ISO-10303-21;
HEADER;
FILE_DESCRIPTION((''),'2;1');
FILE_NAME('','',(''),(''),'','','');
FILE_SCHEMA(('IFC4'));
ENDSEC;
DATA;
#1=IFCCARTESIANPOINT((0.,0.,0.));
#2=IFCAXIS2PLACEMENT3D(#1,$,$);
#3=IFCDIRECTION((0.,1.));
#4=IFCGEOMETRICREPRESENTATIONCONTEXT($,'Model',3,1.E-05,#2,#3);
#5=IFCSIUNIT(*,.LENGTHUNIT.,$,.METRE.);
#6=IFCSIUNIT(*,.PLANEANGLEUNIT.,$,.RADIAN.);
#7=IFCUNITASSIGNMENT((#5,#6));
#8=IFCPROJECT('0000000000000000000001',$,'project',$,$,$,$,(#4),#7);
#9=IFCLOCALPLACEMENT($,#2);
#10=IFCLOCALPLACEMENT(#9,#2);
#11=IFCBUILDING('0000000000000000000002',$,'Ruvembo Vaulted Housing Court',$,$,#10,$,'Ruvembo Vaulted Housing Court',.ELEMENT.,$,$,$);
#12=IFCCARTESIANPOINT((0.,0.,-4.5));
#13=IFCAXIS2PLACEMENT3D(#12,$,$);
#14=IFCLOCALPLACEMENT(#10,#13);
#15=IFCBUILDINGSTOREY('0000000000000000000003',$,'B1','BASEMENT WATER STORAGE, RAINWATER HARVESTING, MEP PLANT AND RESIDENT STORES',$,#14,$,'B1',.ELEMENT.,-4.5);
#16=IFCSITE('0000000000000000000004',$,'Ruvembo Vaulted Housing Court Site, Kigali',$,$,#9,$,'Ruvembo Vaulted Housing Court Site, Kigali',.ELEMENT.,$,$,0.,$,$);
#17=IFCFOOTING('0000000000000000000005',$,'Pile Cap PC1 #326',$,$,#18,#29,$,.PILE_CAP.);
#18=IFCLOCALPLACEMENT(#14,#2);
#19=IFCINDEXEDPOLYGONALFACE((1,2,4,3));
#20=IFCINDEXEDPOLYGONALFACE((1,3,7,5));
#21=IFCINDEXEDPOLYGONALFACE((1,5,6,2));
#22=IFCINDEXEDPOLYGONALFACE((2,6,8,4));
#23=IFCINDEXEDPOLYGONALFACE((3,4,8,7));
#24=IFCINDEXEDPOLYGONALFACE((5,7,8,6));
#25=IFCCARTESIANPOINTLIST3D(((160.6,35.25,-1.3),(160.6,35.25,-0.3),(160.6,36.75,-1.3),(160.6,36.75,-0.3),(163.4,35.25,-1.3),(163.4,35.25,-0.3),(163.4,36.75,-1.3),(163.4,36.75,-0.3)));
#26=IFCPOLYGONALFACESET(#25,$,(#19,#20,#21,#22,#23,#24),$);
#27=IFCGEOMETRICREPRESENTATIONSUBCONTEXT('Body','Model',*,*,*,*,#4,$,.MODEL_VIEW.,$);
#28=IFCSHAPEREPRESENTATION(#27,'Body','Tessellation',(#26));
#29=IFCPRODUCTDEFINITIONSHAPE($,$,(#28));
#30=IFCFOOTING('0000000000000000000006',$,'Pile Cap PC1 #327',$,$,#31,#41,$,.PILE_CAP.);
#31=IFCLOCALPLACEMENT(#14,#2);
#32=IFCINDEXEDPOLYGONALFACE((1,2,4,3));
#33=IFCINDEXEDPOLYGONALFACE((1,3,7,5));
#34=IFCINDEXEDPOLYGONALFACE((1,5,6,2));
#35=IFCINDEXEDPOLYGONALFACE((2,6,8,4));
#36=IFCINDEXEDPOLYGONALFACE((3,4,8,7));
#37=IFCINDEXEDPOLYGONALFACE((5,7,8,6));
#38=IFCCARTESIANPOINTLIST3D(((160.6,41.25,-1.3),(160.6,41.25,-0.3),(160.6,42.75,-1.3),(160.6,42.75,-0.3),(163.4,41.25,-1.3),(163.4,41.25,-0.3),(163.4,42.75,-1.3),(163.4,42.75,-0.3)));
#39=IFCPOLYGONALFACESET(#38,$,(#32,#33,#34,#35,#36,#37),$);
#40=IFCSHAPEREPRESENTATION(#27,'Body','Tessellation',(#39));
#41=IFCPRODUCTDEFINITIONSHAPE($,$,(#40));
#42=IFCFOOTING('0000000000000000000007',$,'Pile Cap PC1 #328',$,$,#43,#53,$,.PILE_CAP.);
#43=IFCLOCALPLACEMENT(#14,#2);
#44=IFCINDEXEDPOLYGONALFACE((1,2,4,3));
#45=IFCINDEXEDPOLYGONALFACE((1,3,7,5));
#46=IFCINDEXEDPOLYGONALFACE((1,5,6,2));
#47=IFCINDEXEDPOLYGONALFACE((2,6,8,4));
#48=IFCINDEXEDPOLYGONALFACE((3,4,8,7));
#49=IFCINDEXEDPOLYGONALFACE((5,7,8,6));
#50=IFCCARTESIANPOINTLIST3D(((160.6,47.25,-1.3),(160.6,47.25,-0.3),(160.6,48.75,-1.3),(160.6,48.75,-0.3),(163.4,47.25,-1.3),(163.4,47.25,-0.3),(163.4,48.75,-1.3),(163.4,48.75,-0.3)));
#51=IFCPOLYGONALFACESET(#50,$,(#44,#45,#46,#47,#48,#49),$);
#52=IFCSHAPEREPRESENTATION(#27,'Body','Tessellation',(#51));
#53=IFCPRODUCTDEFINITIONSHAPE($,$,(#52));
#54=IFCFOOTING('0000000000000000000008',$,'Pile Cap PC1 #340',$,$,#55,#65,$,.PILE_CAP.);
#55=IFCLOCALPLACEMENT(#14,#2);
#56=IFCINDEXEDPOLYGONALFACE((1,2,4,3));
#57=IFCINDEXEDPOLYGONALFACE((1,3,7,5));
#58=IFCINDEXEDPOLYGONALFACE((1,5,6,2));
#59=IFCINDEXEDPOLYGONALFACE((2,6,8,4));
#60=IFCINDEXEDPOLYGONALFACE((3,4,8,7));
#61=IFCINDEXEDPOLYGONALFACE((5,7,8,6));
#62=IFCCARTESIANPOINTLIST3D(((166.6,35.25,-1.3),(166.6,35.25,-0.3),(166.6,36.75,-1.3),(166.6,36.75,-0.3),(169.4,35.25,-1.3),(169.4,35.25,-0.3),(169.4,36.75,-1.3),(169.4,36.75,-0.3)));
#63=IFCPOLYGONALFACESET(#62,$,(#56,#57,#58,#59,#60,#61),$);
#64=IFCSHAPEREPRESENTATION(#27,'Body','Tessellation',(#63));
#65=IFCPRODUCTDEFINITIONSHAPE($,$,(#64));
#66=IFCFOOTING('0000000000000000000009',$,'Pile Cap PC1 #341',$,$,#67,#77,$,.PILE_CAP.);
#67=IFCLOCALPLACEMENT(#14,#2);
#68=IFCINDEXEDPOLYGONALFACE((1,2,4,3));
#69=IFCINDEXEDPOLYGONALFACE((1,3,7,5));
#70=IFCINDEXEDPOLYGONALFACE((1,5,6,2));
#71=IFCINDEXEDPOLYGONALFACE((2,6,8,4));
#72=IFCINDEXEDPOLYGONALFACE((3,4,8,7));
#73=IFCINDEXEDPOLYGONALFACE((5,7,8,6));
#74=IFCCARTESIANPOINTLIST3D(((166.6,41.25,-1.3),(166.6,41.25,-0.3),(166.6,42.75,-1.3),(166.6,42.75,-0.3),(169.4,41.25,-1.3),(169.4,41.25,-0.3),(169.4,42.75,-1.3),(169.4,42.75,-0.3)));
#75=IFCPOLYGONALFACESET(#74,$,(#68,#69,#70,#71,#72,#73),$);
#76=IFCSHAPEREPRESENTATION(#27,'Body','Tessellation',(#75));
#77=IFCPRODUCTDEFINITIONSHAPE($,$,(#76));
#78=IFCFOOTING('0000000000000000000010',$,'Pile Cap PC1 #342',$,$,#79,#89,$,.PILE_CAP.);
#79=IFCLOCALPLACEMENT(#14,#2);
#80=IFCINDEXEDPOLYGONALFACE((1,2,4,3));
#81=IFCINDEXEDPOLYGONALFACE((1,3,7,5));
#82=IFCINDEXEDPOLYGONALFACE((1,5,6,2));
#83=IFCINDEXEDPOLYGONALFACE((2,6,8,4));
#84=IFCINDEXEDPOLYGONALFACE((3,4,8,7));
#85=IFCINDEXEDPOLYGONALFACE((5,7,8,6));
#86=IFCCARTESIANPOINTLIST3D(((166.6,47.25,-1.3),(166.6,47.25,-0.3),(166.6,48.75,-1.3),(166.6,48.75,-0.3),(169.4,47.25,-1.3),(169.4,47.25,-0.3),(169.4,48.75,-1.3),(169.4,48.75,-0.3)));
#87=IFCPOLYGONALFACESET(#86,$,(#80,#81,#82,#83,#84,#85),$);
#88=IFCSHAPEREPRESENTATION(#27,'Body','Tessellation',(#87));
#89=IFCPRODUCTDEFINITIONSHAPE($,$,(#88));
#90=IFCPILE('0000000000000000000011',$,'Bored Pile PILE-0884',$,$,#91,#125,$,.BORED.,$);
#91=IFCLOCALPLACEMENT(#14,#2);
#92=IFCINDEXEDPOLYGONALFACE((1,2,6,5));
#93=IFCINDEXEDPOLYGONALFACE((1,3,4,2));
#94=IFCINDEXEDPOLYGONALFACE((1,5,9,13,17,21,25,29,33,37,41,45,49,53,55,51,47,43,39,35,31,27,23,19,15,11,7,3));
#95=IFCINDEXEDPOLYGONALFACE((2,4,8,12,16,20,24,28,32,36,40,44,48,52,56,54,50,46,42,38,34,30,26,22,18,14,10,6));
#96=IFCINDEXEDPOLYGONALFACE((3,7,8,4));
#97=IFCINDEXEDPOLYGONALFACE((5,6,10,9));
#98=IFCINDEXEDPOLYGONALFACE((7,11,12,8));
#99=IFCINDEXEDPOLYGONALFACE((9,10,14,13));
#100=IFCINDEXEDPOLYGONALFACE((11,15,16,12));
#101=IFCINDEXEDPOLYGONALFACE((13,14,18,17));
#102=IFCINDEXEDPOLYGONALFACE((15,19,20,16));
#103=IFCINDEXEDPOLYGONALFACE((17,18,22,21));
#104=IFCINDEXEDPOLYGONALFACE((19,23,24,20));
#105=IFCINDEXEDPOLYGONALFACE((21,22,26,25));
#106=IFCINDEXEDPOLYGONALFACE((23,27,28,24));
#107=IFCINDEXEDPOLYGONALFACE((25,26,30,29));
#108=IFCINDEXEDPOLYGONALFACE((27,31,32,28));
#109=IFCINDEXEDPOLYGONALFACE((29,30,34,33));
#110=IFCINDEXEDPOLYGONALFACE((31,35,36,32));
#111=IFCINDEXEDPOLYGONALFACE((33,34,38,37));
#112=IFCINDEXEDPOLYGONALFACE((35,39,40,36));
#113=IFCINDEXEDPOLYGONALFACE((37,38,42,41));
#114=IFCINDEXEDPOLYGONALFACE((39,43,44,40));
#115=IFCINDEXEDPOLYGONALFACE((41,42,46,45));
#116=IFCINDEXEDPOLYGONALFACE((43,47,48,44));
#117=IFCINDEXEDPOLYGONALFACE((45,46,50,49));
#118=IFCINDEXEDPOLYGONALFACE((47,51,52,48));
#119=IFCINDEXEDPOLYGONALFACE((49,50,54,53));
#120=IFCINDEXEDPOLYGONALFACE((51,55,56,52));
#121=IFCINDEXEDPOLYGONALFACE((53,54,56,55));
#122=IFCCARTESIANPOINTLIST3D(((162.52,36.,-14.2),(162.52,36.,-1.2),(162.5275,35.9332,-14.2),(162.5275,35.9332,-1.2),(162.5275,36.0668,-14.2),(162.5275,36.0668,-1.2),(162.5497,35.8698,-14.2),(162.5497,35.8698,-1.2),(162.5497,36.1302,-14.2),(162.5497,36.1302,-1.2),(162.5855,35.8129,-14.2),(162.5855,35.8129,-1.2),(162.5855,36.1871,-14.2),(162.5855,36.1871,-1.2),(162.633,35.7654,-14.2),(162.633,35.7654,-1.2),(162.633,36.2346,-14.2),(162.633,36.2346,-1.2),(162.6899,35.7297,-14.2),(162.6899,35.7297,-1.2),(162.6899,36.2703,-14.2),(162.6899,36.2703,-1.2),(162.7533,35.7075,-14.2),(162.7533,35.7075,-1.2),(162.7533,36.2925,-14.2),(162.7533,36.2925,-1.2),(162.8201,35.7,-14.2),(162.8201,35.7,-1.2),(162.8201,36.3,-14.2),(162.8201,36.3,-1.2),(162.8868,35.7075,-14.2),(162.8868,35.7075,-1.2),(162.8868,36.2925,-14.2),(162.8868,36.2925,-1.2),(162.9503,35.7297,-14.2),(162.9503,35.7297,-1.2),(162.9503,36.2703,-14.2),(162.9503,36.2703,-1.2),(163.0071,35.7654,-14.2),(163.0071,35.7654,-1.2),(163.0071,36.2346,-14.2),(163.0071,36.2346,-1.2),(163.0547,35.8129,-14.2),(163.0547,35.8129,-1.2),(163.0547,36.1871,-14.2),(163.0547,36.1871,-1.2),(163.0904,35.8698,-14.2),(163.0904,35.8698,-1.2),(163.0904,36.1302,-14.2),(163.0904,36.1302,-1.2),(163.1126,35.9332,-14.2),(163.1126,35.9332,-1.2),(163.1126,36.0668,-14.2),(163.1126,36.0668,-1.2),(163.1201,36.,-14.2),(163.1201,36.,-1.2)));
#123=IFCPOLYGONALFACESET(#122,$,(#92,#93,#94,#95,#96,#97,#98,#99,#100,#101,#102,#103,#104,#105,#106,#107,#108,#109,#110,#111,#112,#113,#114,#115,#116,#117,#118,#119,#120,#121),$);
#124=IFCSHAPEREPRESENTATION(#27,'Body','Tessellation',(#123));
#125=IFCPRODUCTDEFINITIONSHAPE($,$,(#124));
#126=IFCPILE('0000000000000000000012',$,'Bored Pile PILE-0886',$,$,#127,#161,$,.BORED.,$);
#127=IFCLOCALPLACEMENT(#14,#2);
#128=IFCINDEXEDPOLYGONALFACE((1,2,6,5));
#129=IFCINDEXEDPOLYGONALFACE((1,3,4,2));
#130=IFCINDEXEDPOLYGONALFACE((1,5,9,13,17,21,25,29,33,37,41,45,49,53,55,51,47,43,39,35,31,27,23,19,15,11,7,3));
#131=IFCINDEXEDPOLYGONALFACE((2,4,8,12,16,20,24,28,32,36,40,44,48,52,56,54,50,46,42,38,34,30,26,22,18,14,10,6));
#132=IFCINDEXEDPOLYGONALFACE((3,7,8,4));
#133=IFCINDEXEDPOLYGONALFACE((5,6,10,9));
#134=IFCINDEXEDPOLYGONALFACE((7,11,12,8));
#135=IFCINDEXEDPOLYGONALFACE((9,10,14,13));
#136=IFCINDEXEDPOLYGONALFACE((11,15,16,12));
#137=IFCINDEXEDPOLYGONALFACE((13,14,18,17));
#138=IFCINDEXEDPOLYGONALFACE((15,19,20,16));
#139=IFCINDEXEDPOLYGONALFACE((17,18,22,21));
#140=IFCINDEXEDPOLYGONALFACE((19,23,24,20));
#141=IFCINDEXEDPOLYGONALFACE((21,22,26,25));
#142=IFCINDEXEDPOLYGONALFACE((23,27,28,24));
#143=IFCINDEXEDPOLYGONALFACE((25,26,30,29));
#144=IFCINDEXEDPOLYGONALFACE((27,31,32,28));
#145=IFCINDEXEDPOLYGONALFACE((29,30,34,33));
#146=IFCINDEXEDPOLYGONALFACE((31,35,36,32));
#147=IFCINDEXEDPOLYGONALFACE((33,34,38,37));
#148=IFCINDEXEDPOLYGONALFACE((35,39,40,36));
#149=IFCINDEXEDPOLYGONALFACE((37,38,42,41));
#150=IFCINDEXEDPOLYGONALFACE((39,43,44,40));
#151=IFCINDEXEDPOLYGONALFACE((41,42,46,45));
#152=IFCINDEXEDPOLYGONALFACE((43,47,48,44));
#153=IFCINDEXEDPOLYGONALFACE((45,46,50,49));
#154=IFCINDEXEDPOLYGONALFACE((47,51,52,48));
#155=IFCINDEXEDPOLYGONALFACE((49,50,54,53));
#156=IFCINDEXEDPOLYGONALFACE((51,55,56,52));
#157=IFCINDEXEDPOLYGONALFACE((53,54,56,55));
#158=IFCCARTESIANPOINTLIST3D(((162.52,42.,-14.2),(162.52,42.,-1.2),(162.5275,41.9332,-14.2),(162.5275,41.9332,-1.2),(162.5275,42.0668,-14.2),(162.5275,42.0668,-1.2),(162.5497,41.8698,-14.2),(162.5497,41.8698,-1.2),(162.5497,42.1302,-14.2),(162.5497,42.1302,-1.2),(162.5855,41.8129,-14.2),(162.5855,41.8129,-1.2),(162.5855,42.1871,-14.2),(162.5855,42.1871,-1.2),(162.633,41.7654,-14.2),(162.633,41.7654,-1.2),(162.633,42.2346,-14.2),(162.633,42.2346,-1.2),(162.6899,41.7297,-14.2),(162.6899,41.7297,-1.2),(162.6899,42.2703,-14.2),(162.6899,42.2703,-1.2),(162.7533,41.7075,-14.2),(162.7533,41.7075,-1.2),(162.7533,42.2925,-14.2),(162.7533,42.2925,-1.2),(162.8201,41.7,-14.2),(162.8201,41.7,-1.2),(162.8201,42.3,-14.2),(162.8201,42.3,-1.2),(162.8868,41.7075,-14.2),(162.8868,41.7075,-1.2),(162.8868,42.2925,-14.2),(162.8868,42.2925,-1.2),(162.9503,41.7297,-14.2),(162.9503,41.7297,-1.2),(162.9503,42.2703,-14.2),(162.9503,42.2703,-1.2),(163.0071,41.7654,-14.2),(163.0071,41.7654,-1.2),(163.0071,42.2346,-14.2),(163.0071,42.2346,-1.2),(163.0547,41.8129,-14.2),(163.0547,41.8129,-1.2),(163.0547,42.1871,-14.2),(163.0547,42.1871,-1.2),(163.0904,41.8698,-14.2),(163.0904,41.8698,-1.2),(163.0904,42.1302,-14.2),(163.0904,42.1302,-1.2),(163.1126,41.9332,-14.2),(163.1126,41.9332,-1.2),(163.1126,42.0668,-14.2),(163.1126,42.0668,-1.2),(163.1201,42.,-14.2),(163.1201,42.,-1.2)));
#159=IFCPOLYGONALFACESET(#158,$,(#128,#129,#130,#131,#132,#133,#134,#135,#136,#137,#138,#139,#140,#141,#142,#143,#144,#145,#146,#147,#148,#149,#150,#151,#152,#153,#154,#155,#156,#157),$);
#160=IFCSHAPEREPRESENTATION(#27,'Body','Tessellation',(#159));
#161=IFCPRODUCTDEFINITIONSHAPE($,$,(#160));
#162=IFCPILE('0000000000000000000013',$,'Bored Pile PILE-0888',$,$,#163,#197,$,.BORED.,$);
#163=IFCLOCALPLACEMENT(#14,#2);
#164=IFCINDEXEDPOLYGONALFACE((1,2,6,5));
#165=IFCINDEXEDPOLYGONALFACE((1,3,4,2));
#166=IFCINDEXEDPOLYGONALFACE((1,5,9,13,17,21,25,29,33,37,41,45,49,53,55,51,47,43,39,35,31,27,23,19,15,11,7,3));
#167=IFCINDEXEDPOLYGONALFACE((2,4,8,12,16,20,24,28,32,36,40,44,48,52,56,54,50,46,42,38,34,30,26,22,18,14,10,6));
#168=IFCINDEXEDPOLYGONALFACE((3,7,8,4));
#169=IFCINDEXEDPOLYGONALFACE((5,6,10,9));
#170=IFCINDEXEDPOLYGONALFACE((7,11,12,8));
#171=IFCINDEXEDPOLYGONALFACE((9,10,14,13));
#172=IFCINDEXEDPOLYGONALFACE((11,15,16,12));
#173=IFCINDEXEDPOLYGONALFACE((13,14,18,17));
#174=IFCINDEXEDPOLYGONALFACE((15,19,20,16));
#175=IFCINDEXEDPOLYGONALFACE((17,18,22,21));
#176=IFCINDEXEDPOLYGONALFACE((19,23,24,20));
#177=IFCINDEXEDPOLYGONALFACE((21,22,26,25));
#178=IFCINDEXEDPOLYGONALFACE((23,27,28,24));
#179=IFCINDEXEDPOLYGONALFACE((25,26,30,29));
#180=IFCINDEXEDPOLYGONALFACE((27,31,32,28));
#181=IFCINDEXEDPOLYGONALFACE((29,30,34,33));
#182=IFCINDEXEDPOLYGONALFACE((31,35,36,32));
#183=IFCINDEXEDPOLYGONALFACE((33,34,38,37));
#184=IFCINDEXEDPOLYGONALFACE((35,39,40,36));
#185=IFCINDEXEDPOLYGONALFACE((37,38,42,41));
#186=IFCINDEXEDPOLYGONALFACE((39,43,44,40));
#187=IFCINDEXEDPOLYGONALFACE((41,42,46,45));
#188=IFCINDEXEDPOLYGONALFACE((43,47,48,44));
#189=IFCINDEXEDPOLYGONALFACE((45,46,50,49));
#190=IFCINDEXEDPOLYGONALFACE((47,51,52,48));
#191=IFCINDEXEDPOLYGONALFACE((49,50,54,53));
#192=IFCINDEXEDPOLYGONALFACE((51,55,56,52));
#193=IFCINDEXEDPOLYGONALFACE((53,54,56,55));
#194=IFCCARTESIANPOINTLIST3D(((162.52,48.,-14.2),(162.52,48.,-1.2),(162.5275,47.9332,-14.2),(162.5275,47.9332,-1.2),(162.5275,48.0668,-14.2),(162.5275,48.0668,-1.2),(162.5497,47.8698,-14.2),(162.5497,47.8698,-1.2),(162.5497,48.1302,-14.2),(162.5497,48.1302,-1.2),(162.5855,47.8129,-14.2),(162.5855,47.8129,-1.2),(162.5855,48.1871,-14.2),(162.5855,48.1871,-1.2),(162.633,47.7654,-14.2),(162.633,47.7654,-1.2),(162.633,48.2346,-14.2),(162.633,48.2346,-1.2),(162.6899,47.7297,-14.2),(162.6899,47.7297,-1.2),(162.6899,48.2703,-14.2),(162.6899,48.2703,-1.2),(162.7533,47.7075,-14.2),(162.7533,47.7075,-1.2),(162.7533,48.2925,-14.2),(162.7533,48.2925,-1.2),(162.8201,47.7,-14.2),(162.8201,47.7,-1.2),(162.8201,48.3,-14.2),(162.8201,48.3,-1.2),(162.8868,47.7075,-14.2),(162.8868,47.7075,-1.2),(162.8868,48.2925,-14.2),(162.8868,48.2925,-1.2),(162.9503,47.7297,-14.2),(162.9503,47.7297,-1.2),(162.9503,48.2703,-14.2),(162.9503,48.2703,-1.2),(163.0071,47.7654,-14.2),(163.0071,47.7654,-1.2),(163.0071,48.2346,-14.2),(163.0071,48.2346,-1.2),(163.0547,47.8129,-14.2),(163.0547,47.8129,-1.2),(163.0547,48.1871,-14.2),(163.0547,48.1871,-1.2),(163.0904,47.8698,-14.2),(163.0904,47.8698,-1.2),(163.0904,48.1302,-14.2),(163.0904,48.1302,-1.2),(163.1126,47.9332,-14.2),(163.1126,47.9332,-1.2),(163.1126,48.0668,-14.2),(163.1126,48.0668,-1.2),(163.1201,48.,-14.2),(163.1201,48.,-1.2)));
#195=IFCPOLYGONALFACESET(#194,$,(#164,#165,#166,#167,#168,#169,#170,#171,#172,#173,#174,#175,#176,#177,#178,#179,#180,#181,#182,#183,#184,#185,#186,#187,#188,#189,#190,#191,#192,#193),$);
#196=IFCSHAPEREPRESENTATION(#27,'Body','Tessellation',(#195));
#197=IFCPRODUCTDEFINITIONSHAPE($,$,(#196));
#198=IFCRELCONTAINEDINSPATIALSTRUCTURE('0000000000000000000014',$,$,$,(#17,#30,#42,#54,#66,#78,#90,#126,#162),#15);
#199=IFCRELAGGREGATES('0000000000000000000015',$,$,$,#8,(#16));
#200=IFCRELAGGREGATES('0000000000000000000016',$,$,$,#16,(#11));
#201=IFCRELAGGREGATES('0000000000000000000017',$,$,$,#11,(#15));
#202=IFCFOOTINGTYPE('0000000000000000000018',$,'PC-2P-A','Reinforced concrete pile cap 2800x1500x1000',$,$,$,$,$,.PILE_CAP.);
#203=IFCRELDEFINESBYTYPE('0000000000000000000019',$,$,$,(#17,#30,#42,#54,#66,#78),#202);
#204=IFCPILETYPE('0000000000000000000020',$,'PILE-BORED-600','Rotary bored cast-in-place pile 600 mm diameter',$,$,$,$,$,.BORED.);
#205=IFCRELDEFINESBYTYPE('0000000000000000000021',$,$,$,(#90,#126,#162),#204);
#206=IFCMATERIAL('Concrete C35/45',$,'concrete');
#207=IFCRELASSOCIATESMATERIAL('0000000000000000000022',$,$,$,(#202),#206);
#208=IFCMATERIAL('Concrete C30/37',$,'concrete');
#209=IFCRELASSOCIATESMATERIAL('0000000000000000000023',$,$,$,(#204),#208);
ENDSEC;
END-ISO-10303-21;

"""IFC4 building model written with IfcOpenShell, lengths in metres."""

from ifc_helpers import new_model, si_unit, direction, frame, origin, origin_2d, place, context, subcontext, project, spatial, rectangle, circle, extrude, material, material_profile, profile_set, type_object, element, save


model = new_model("IFC4")

# Units and contexts
model_context = context("Model", 3, precision=1e-05, world=origin(), true_north=direction((0.0, 1.0)))
body_context = subcontext(model_context, "Body", "Model", "MODEL_VIEW")
ifc_project = project(units=[si_unit("LENGTHUNIT", "METRE"), si_unit("PLANEANGLEUNIT", "RADIAN")], contexts=[model_context])

# Site, building, storey
site_placement = place(None, origin())
site = spatial("IfcSite", under=ifc_project, at=site_placement, Name="Ruvembo Vaulted Housing Court Site, Kigali", LongName="Ruvembo Vaulted Housing Court Site, Kigali", CompositionType="ELEMENT", RefElevation=0.0)
building_placement = place(site_placement, origin())
building = spatial("IfcBuilding", under=site, at=building_placement, Name="Ruvembo Vaulted Housing Court", LongName="Ruvembo Vaulted Housing Court", CompositionType="ELEMENT")
storey_placement = place(building_placement, frame((0.0, 0.0, -4.5)))
storey = spatial("IfcBuildingStorey", under=building, at=storey_placement, Name="B1", Description="BASEMENT WATER STORAGE, RAINWATER HARVESTING, MEP PLANT AND RESIDENT STORES", LongName="B1", CompositionType="ELEMENT", Elevation=-4.5)

# Footings
ifc_material_1 = material(Name="Concrete C35/45", Category="concrete")
footing_type = type_object("IfcFootingType", Name="PC-2P-A", Description="Reinforced concrete pile cap 2800x1500x1000", PredefinedType="PILE_CAP", material=ifc_material_1)
for number, where, z_axis, x_axis, name in (
    (1, (162.0, 36.0, -1.3), (0.0, 0.0, 1.0), (1.0, 0.0, 0.0), "Pile Cap PC1 #326"),
    (2, (162.0, 42.0, -1.3), (0.0, 0.0, 1.0), (1.0, 0.0, 0.0), "Pile Cap PC1 #327"),
    (3, (162.0, 48.0, -1.3), (0.0, 0.0, 1.0), (1.0, 0.0, 0.0), "Pile Cap PC1 #328"),
    (4, (168.0, 36.0, -1.3), (0.0, 0.0, 1.0), (1.0, 0.0, 0.0), "Pile Cap PC1 #340"),
    (5, (168.0, 42.0, -1.3), (0.0, 0.0, 1.0), (1.0, 0.0, 0.0), "Pile Cap PC1 #341"),
    (6, (168.0, 48.0, -1.3), (0.0, 0.0, 1.0), (1.0, 0.0, 0.0), "Pile Cap PC1 #342"),
):
    element("IfcFooting", number, at=place(storey_placement, frame(where, z_axis=z_axis, x_axis=x_axis)), inside=storey, type_object=footing_type, Name=name, PredefinedType="PILE_CAP", context=body_context, shape_type="SweptSolid", body=[
        extrude(rectangle(XDim=2.8, YDim=1.5, at=origin_2d()), origin(), (0.0, 0.0, 1.0), 1.0),
    ])

# Piles
ifc_material_2 = material(Name="Concrete C30/37", Category="concrete")
ifc_material_profile_1 = material_profile(ifc_material_2, circle(Radius=0.3, at=origin_2d()), Name="PILE D600")
ifc_profile_set_1 = profile_set([ifc_material_profile_1], Name="Concrete C30/37")
pile_type = type_object("IfcPileType", Name="PILE-BORED-600", Description="Rotary bored cast-in-place pile 600 mm diameter", PredefinedType="BORED", material=ifc_profile_set_1)
for number, where, z_axis, x_axis, name in (
    (7, (162.8201, 36.0, -1.2), (0.0, 0.0, -1.0), (1.0, 0.0, 0.0), "Bored Pile PILE-0884"),
    (8, (162.8201, 42.0, -1.2), (0.0, 0.0, -1.0), (1.0, 0.0, 0.0), "Bored Pile PILE-0886"),
    (9, (162.8201, 48.0, -1.2), (0.0, 0.0, -1.0), (1.0, 0.0, 0.0), "Bored Pile PILE-0888"),
):
    element("IfcPile", number, at=place(storey_placement, frame(where, z_axis=z_axis, x_axis=x_axis)), inside=storey, type_object=pile_type, Name=name, PredefinedType="BORED", context=body_context, shape_type="SweptSolid", body=[
        extrude(circle(Radius=0.3, at=origin_2d()), origin(), (0.0, 0.0, 1.0), 13.0),
    ])

save(model, "model.ifc")
